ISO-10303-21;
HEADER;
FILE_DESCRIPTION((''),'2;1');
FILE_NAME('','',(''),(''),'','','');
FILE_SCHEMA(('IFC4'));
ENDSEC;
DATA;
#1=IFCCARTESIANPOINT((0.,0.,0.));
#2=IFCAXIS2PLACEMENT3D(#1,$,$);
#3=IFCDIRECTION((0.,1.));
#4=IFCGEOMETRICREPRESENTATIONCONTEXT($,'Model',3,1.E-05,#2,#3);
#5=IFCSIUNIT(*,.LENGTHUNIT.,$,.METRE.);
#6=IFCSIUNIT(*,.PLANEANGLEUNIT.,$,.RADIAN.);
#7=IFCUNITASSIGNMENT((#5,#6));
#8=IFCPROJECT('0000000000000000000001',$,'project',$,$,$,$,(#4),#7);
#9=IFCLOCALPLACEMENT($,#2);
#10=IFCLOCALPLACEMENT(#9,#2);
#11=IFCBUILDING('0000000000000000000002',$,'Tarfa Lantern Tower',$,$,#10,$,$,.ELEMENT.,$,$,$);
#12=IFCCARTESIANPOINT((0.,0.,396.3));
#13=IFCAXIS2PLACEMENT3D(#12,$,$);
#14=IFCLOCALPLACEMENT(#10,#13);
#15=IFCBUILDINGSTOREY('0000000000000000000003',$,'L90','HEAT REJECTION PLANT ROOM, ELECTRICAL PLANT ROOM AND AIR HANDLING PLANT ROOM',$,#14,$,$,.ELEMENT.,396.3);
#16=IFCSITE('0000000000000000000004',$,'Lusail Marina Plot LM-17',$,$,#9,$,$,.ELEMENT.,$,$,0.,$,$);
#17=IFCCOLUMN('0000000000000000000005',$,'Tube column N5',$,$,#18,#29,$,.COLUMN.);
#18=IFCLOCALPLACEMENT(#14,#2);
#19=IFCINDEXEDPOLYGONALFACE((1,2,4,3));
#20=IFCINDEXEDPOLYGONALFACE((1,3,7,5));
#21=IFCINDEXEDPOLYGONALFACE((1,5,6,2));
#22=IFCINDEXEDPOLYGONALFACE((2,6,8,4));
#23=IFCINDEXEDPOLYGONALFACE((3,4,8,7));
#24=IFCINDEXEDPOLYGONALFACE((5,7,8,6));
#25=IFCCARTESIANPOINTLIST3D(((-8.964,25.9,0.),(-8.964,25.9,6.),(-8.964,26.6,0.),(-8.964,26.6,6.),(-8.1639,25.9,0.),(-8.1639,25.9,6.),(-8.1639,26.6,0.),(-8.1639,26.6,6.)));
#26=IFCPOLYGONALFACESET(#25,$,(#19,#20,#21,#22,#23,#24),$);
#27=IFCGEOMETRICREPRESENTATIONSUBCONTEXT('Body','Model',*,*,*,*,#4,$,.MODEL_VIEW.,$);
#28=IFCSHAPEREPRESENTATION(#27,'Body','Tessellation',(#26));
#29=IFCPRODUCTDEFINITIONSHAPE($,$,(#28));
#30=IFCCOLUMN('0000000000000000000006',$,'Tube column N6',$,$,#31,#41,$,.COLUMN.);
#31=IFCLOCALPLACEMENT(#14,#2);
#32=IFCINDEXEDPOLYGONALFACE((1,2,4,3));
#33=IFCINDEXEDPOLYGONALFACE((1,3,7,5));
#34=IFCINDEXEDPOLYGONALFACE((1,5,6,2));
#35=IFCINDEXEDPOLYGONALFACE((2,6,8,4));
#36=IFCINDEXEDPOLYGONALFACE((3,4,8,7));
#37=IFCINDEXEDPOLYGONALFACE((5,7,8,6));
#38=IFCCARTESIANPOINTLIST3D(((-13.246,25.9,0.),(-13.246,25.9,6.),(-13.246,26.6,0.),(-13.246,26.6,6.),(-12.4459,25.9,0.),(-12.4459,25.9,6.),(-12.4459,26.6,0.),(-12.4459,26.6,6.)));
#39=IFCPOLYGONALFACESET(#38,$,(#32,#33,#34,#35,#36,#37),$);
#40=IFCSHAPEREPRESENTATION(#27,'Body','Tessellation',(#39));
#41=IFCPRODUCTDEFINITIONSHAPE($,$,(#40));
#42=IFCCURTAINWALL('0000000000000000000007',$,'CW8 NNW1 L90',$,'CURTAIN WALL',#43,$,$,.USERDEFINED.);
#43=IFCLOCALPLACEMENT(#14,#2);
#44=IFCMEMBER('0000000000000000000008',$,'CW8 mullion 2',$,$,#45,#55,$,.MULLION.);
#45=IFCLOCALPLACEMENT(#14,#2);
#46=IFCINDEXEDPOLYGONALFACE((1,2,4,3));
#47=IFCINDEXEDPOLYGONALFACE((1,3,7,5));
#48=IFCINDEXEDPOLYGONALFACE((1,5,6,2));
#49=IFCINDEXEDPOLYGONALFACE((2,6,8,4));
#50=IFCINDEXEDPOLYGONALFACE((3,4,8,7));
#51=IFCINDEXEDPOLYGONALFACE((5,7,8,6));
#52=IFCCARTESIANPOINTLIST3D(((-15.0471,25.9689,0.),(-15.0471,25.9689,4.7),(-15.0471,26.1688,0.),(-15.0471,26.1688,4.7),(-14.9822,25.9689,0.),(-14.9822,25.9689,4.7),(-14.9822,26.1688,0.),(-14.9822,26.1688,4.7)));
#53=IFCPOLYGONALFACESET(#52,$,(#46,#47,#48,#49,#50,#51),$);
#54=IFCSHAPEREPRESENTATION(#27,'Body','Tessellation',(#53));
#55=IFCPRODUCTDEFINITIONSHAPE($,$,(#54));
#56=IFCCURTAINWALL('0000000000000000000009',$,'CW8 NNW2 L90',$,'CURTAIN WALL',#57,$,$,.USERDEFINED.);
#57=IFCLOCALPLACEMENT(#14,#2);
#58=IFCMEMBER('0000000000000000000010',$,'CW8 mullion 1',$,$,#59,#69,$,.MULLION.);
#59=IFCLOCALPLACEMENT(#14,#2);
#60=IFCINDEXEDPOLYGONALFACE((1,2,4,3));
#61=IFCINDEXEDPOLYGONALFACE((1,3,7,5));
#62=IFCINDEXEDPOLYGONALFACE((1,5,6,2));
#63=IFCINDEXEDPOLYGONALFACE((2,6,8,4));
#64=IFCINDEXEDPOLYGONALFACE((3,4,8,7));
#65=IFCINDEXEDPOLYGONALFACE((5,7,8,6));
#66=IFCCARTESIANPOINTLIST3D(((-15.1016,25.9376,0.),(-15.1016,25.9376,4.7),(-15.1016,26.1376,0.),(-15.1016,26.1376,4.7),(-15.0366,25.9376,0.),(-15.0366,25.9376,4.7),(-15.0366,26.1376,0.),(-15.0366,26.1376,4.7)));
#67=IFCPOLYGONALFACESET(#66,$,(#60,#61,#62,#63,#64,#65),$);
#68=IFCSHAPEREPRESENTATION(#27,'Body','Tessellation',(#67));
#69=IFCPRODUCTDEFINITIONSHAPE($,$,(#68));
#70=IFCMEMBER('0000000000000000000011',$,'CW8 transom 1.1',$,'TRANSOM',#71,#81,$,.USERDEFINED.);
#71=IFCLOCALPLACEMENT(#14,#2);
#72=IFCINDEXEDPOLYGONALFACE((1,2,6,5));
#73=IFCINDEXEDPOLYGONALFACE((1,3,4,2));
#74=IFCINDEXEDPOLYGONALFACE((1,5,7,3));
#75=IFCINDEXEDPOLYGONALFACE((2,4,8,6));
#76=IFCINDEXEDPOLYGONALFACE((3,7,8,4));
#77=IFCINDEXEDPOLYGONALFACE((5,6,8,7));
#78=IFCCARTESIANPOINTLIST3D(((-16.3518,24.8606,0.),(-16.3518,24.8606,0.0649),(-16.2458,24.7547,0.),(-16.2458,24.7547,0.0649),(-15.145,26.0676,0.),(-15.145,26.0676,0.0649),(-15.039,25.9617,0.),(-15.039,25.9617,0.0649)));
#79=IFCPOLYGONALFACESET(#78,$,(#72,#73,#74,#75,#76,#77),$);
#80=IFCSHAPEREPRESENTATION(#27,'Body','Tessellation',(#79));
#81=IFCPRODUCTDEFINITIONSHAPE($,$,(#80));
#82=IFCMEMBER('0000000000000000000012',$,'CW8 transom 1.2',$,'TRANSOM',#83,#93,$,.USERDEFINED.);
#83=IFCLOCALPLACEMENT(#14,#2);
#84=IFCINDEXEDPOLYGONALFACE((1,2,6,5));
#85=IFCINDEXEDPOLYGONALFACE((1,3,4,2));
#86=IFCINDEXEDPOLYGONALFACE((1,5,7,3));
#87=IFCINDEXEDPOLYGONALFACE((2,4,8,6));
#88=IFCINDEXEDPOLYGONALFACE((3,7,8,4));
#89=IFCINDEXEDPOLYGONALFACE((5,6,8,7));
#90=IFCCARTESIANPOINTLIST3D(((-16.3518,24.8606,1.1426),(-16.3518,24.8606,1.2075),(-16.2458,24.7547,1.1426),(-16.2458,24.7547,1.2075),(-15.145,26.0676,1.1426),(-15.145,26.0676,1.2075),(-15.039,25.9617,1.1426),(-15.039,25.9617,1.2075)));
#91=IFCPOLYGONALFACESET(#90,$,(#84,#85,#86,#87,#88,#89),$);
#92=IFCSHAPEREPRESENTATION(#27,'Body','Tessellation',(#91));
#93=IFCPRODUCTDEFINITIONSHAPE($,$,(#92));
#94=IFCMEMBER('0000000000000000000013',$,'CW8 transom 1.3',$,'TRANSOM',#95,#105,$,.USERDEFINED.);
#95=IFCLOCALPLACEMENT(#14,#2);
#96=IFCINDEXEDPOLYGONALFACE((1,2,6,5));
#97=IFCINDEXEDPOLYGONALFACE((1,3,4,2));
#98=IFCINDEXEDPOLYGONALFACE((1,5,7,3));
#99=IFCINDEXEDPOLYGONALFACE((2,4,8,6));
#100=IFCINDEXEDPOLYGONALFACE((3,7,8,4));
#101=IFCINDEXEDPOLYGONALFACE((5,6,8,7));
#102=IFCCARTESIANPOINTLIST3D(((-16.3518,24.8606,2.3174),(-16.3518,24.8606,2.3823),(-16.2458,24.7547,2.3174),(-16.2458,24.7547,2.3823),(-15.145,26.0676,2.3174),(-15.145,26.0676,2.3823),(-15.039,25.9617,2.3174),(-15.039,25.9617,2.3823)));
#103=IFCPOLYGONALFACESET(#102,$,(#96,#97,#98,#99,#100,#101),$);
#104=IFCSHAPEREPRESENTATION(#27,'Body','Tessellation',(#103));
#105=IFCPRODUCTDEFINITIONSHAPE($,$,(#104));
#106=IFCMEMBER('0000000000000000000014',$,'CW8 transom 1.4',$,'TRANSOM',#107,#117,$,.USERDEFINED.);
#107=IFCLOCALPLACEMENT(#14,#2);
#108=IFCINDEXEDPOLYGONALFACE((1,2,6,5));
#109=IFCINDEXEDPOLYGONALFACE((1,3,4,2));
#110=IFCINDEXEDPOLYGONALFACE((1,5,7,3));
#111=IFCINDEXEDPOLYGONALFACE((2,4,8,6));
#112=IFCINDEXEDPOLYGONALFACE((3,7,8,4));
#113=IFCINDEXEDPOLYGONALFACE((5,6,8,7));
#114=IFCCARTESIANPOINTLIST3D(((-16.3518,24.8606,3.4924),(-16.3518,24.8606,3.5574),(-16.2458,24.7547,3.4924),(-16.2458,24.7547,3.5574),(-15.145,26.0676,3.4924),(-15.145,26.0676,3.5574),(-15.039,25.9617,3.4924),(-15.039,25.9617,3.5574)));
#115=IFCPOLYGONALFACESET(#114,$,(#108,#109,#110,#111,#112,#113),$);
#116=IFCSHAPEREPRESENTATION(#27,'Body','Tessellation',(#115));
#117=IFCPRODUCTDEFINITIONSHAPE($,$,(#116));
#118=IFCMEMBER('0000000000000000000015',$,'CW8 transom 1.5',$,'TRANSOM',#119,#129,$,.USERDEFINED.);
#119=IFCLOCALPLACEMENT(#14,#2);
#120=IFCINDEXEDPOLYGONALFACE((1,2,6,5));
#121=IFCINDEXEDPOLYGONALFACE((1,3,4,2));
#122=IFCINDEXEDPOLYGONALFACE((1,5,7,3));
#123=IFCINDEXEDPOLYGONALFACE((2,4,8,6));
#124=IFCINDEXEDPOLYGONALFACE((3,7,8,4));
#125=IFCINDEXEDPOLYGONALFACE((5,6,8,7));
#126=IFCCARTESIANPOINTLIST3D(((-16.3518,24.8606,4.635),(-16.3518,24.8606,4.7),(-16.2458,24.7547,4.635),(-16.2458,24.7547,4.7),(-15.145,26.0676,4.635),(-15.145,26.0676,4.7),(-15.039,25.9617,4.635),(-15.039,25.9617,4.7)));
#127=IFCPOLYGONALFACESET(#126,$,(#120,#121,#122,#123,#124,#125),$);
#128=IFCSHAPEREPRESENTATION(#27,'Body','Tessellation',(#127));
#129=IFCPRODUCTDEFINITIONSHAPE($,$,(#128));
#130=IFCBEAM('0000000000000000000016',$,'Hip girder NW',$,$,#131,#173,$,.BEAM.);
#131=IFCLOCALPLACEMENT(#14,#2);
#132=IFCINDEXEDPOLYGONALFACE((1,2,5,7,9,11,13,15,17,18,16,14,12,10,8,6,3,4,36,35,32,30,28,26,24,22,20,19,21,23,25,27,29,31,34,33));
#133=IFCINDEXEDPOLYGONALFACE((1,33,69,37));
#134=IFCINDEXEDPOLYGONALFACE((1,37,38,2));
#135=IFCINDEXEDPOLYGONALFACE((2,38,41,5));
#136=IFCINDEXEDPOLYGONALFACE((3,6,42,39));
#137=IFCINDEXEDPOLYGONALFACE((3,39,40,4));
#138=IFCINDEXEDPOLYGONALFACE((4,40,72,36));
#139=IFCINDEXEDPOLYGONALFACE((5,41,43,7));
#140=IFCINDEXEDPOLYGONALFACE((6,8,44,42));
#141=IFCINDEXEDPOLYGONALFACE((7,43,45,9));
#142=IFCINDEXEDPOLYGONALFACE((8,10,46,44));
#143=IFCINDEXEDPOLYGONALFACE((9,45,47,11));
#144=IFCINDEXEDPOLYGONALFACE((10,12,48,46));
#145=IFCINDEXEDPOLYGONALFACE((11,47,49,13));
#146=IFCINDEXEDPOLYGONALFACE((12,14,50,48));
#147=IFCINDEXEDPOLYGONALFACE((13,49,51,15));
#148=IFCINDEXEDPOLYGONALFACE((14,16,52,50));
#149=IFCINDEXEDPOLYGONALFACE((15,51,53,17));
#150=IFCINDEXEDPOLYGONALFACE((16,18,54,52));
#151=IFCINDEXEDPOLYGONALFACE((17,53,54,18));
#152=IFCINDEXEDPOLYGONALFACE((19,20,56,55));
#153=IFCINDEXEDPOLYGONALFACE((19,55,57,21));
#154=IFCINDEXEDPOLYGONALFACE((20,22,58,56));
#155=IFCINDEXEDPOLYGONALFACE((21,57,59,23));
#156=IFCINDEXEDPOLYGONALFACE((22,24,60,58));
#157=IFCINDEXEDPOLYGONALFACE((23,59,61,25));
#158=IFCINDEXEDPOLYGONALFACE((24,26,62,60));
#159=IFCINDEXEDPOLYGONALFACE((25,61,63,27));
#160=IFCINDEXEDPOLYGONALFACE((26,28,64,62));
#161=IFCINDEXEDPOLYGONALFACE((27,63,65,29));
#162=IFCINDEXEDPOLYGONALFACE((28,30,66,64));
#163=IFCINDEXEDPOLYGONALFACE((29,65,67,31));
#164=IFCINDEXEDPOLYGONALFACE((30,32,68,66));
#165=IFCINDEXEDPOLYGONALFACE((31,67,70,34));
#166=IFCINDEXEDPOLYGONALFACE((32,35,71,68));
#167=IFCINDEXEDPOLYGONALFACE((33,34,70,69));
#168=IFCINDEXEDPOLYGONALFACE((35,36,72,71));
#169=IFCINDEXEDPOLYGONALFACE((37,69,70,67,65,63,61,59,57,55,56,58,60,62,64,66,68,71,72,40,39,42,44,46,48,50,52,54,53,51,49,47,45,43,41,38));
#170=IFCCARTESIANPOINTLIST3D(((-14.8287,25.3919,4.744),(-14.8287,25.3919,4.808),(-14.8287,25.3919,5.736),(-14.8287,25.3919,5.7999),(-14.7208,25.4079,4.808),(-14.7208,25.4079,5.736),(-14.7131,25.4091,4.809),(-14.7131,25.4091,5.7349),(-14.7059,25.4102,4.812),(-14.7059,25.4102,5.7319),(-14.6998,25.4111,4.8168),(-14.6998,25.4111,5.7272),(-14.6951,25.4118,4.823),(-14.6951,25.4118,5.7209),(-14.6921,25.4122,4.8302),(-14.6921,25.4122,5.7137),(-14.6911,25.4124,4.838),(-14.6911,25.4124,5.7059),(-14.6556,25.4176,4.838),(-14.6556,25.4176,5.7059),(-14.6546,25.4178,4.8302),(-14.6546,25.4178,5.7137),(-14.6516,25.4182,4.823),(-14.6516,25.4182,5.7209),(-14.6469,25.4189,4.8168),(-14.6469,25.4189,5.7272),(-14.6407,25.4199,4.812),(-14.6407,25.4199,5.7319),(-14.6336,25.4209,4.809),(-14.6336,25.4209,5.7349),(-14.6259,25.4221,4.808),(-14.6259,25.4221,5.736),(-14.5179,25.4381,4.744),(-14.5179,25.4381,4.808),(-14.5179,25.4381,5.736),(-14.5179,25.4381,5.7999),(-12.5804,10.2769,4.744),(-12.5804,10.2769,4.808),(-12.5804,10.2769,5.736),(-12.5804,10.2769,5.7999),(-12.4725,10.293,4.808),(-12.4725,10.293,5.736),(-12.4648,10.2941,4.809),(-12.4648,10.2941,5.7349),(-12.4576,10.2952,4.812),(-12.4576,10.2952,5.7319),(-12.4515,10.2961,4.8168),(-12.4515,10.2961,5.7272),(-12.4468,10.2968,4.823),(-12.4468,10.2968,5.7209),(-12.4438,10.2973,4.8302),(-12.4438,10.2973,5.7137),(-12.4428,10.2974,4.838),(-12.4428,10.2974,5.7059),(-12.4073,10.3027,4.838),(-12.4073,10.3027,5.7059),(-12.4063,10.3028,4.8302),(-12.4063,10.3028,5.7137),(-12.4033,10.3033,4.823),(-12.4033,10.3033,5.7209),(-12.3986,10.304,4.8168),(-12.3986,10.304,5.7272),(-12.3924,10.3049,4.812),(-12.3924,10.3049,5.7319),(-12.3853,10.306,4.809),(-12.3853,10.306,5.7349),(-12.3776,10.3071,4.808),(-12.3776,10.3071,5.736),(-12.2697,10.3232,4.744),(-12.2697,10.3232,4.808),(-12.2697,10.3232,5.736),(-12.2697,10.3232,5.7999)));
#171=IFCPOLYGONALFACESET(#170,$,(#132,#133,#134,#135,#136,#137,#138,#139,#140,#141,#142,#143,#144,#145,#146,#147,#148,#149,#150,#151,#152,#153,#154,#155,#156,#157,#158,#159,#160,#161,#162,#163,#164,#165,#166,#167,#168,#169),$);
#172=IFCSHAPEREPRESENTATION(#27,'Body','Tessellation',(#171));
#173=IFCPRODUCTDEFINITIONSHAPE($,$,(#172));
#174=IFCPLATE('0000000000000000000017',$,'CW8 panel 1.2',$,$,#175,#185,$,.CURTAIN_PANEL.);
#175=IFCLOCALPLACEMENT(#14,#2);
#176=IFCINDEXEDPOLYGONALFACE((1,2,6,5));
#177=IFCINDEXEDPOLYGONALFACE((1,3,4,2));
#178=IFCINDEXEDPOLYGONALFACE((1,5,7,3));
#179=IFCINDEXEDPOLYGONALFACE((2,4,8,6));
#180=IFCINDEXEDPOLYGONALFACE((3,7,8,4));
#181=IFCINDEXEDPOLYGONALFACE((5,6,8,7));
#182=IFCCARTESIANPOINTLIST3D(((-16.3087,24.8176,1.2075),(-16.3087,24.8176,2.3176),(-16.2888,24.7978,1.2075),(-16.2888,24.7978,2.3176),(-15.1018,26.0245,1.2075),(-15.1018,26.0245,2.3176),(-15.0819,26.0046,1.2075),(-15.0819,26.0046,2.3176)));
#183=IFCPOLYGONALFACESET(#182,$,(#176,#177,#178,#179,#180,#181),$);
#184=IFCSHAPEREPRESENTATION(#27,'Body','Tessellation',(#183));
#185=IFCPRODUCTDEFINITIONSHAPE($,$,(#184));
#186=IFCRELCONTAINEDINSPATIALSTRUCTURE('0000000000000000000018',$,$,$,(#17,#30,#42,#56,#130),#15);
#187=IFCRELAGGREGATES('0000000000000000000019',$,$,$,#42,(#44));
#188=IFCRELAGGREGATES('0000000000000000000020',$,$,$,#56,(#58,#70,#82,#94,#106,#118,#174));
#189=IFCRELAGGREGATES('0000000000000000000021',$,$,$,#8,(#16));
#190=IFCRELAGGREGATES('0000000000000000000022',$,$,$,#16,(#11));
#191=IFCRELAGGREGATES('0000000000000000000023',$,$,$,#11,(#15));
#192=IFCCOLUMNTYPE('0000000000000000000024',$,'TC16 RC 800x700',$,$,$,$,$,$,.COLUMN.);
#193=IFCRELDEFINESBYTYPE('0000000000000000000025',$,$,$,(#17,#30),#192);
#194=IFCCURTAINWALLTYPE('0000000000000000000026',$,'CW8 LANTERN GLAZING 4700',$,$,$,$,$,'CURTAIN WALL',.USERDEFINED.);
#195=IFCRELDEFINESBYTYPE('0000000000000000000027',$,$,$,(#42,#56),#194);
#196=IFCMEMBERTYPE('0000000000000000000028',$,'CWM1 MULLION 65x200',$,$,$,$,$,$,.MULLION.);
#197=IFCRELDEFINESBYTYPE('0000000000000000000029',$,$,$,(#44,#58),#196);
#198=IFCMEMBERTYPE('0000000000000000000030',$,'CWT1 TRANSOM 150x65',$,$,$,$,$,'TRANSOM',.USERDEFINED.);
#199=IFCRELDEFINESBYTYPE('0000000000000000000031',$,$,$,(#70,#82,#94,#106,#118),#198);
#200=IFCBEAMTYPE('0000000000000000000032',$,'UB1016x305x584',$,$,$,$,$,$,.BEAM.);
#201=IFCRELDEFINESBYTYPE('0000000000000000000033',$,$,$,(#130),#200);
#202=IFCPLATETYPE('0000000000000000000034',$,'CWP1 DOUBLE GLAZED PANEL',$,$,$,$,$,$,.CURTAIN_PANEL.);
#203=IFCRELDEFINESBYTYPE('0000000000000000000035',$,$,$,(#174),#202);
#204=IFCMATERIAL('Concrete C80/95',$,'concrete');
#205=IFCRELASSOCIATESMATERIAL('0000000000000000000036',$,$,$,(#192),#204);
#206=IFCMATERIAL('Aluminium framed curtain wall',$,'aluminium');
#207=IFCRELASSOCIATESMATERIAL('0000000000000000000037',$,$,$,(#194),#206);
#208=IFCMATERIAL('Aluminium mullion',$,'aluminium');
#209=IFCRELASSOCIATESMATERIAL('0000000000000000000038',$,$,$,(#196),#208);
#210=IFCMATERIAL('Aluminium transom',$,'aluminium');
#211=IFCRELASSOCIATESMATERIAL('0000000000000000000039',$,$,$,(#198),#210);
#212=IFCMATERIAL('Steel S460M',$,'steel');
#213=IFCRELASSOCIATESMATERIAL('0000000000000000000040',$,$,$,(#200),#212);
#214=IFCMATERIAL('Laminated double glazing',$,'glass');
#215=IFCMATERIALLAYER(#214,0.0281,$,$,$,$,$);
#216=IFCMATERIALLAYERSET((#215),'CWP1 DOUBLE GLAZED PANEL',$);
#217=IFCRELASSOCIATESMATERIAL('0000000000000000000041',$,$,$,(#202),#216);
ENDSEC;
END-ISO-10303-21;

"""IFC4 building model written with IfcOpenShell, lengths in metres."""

from ifc_helpers import new_model, si_unit, direction, frame, origin, origin_2d, place, context, subcontext, project, spatial, rectangle, i_section, extrude, material, layer, layer_set, material_profile, profile_set, type_object, element, aggregate, save


model = new_model("IFC4")

# Units and contexts
model_context = context("Model", 3, precision=1e-05, world=origin(), true_north=direction((0.0, 1.0)))
body_context = subcontext(model_context, "Body", "Model", "MODEL_VIEW")
ifc_project = project(units=[si_unit("LENGTHUNIT", "METRE"), si_unit("PLANEANGLEUNIT", "RADIAN")], contexts=[model_context])

# Site, building, storey
site_placement = place(None, origin())
site = spatial("IfcSite", under=ifc_project, at=site_placement, Name="Lusail Marina Plot LM-17", CompositionType="ELEMENT", RefElevation=0.0)
building_placement = place(site_placement, origin())
building = spatial("IfcBuilding", under=site, at=building_placement, Name="Tarfa Lantern Tower", CompositionType="ELEMENT")
storey_placement = place(building_placement, frame((0.0, 0.0, 396.3)))
storey = spatial("IfcBuildingStorey", under=building, at=storey_placement, Name="L90", Description="HEAT REJECTION PLANT ROOM, ELECTRICAL PLANT ROOM AND AIR HANDLING PLANT ROOM", CompositionType="ELEMENT", Elevation=396.3)

# Columns
ifc_material_1 = material(Name="Concrete C80/95", Category="concrete")
ifc_material_profile_1 = material_profile(ifc_material_1, rectangle(XDim=0.8, YDim=0.7, at=origin_2d()), Name="RC 800x700")
ifc_profile_set_1 = profile_set([ifc_material_profile_1], Name="Concrete C80/95")
column_type = type_object("IfcColumnType", Name="TC16 RC 800x700", PredefinedType="COLUMN", material=ifc_profile_set_1)
for number, where, z_axis, x_axis, name in (
    (1, (-8.564, 26.25, 0.0), (0.0, 0.0, 1.0), (-1.0, 0.0, 0.0), "Tube column N5"),
    (2, (-12.8459, 26.25, 0.0), (0.0, 0.0, 1.0), (-1.0, 0.0, 0.0), "Tube column N6"),
):
    element("IfcColumn", number, at=place(storey_placement, frame(where, z_axis=z_axis, x_axis=x_axis)), inside=storey, type_object=column_type, Name=name, PredefinedType="COLUMN", context=body_context, shape_type="SweptSolid", body=[
        extrude(rectangle(XDim=0.8, YDim=0.7, at=origin_2d()), origin(), (0.0, 0.0, 1.0), 6.0),
    ])

# Curtain wall, member
ifc_material_2 = material(Name="Aluminium framed curtain wall", Category="aluminium")
curtain_wall_type = type_object("IfcCurtainWallType", Name="CW8 LANTERN GLAZING 4700", ElementType="CURTAIN WALL", PredefinedType="USERDEFINED", material=ifc_material_2)
curtain_wall_1_placement = place(storey_placement, origin())
curtain_wall_1 = element("IfcCurtainWall", 3, at=curtain_wall_1_placement, inside=storey, type_object=curtain_wall_type, Name="CW8 NNW1 L90", ObjectType="CURTAIN WALL", PredefinedType="USERDEFINED")
ifc_material_3 = material(Name="Aluminium mullion", Category="aluminium")
ifc_material_profile_2 = material_profile(ifc_material_3, rectangle(XDim=0.0649, YDim=0.2, at=origin_2d()), Name="AL MULLION 65x200")
ifc_profile_set_2 = profile_set([ifc_material_profile_2], Name="Aluminium mullion")
member_type_1 = type_object("IfcMemberType", Name="CWM1 MULLION 65x200", PredefinedType="MULLION", material=ifc_profile_set_2)
member_1_placement = place(storey_placement, frame((-15.0146, 26.0688, 0.0), z_axis=(0.0, 0.0, 1.0), x_axis=(1.0, 0.0, 0.0)))
member_1 = element("IfcMember", 4, at=member_1_placement, type_object=member_type_1, Name="CW8 mullion 2", PredefinedType="MULLION", context=body_context, shape_type="SweptSolid", body=[
    extrude(rectangle(XDim=0.0649, YDim=0.2, at=origin_2d()), origin(), (0.0, 0.0, 1.0), 4.7),
])
aggregate(curtain_wall_1, [member_1])

# Curtain wall, members
curtain_wall_2_placement = place(storey_placement, origin())
curtain_wall_2 = element("IfcCurtainWall", 5, at=curtain_wall_2_placement, inside=storey, type_object=curtain_wall_type, Name="CW8 NNW2 L90", ObjectType="CURTAIN WALL", PredefinedType="USERDEFINED")
member_2_placement = place(storey_placement, frame((-15.0691, 26.0376, 0.0), z_axis=(0.0, 0.0, 1.0), x_axis=(1.0, 0.0, 0.0)))
member_2 = element("IfcMember", 6, at=member_2_placement, type_object=member_type_1, Name="CW8 mullion 1", PredefinedType="MULLION", context=body_context, shape_type="SweptSolid", body=[
    extrude(rectangle(XDim=0.0649, YDim=0.2, at=origin_2d()), origin(), (0.0, 0.0, 1.0), 4.7),
])
ifc_material_4 = material(Name="Aluminium transom", Category="aluminium")
ifc_material_profile_3 = material_profile(ifc_material_4, rectangle(XDim=0.1499, YDim=0.0649, at=origin_2d()), Name="AL TRANSOM 150x65")
ifc_profile_set_3 = profile_set([ifc_material_profile_3], Name="Aluminium transom")
member_type_2 = type_object("IfcMemberType", Name="CWT1 TRANSOM 150x65", ElementType="TRANSOM", PredefinedType="USERDEFINED", material=ifc_profile_set_3)
member_3_placement = place(storey_placement, frame((-15.092, 26.0146, 0.0325), z_axis=(-0.707035, -0.707178, 0.0), x_axis=(0.707178, -0.707035, 0.0)))
member_3 = element("IfcMember", 7, at=member_3_placement, type_object=member_type_2, Name="CW8 transom 1.1", ObjectType="TRANSOM", PredefinedType="USERDEFINED", context=body_context, shape_type="SweptSolid", body=[
    extrude(rectangle(XDim=0.1499, YDim=0.0649, at=origin_2d()), origin(), (0.0, 0.0, 1.0), 1.7068),
])
member_4_placement = place(storey_placement, frame((-15.092, 26.0146, 1.175), z_axis=(-0.707035, -0.707178, 0.0), x_axis=(0.707178, -0.707035, 0.0)))
member_4 = element("IfcMember", 8, at=member_4_placement, type_object=member_type_2, Name="CW8 transom 1.2", ObjectType="TRANSOM", PredefinedType="USERDEFINED", context=body_context, shape_type="SweptSolid", body=[
    extrude(rectangle(XDim=0.1499, YDim=0.0649, at=origin_2d()), origin(), (0.0, 0.0, 1.0), 1.7068),
])
member_5_placement = place(storey_placement, frame((-15.092, 26.0146, 2.3499), z_axis=(-0.707035, -0.707178, 0.0), x_axis=(0.707178, -0.707035, 0.0)))
member_5 = element("IfcMember", 9, at=member_5_placement, type_object=member_type_2, Name="CW8 transom 1.3", ObjectType="TRANSOM", PredefinedType="USERDEFINED", context=body_context, shape_type="SweptSolid", body=[
    extrude(rectangle(XDim=0.1499, YDim=0.0649, at=origin_2d()), origin(), (0.0, 0.0, 1.0), 1.7068),
])
member_6_placement = place(storey_placement, frame((-15.092, 26.0146, 3.5249), z_axis=(-0.707035, -0.707178, 0.0), x_axis=(0.707178, -0.707035, 0.0)))
member_6 = element("IfcMember", 10, at=member_6_placement, type_object=member_type_2, Name="CW8 transom 1.4", ObjectType="TRANSOM", PredefinedType="USERDEFINED", context=body_context, shape_type="SweptSolid", body=[
    extrude(rectangle(XDim=0.1499, YDim=0.0649, at=origin_2d()), origin(), (0.0, 0.0, 1.0), 1.7068),
])
member_7_placement = place(storey_placement, frame((-15.092, 26.0146, 4.6675), z_axis=(-0.707035, -0.707178, 0.0), x_axis=(0.707178, -0.707035, 0.0)))
member_7 = element("IfcMember", 11, at=member_7_placement, type_object=member_type_2, Name="CW8 transom 1.5", ObjectType="TRANSOM", PredefinedType="USERDEFINED", context=body_context, shape_type="SweptSolid", body=[
    extrude(rectangle(XDim=0.1499, YDim=0.0649, at=origin_2d()), origin(), (0.0, 0.0, 1.0), 1.7068),
])

# Beam
ifc_material_5 = material(Name="Steel S460M", Category="steel")
ifc_material_profile_4 = material_profile(ifc_material_5, i_section(OverallWidth=0.3142, OverallDepth=1.0559, WebThickness=0.0359, FlangeThickness=0.064, FilletRadius=0.03, at=origin_2d()), Name="UB1016x305x584")
ifc_profile_set_4 = profile_set([ifc_material_profile_4], Name="Steel S460M")
beam_type = type_object("IfcBeamType", Name="UB1016x305x584", PredefinedType="BEAM", material=ifc_profile_set_4)
beam_placement = place(storey_placement, frame((-12.425, 10.3, 5.272), z_axis=(-0.147127, 0.989118, 0.0), x_axis=(-0.989118, -0.147127, 0.0)))
element("IfcBeam", 12, at=beam_placement, inside=storey, type_object=beam_type, Name="Hip girder NW", PredefinedType="BEAM", context=body_context, shape_type="SweptSolid", body=[
    extrude(i_section(OverallWidth=0.3142, OverallDepth=1.0559, WebThickness=0.0359, FlangeThickness=0.064, FilletRadius=0.03, at=origin_2d()), origin(), (0.0, 0.0, 1.0), 15.2812),
])

# Plate
ifc_material_6 = material(Name="Laminated double glazing", Category="glass")
ifc_layer_1 = layer(ifc_material_6, 0.0281)
ifc_layer_set_1 = layer_set([ifc_layer_1], Name="CWP1 DOUBLE GLAZED PANEL")
plate_type = type_object("IfcPlateType", Name="CWP1 DOUBLE GLAZED PANEL", PredefinedType="CURTAIN_PANEL", material=ifc_layer_set_1)
plate_1_placement = place(storey_placement, frame((-15.6953, 25.4111, 1.2075), z_axis=(0.0, 0.0, 1.0), x_axis=(-0.707107, -0.707107, 0.0)))
plate_1 = element("IfcPlate", 13, at=plate_1_placement, type_object=plate_type, Name="CW8 panel 1.2", PredefinedType="CURTAIN_PANEL", context=body_context, shape_type="SweptSolid", body=[
    extrude(rectangle(XDim=1.7068, YDim=0.0281, at=origin_2d()), origin(), (0.0, 0.0, 1.0), 1.1101),
])
aggregate(curtain_wall_2, [member_2, member_3, member_4, member_5, member_6, member_7, plate_1])

save(model, "model.ifc")
